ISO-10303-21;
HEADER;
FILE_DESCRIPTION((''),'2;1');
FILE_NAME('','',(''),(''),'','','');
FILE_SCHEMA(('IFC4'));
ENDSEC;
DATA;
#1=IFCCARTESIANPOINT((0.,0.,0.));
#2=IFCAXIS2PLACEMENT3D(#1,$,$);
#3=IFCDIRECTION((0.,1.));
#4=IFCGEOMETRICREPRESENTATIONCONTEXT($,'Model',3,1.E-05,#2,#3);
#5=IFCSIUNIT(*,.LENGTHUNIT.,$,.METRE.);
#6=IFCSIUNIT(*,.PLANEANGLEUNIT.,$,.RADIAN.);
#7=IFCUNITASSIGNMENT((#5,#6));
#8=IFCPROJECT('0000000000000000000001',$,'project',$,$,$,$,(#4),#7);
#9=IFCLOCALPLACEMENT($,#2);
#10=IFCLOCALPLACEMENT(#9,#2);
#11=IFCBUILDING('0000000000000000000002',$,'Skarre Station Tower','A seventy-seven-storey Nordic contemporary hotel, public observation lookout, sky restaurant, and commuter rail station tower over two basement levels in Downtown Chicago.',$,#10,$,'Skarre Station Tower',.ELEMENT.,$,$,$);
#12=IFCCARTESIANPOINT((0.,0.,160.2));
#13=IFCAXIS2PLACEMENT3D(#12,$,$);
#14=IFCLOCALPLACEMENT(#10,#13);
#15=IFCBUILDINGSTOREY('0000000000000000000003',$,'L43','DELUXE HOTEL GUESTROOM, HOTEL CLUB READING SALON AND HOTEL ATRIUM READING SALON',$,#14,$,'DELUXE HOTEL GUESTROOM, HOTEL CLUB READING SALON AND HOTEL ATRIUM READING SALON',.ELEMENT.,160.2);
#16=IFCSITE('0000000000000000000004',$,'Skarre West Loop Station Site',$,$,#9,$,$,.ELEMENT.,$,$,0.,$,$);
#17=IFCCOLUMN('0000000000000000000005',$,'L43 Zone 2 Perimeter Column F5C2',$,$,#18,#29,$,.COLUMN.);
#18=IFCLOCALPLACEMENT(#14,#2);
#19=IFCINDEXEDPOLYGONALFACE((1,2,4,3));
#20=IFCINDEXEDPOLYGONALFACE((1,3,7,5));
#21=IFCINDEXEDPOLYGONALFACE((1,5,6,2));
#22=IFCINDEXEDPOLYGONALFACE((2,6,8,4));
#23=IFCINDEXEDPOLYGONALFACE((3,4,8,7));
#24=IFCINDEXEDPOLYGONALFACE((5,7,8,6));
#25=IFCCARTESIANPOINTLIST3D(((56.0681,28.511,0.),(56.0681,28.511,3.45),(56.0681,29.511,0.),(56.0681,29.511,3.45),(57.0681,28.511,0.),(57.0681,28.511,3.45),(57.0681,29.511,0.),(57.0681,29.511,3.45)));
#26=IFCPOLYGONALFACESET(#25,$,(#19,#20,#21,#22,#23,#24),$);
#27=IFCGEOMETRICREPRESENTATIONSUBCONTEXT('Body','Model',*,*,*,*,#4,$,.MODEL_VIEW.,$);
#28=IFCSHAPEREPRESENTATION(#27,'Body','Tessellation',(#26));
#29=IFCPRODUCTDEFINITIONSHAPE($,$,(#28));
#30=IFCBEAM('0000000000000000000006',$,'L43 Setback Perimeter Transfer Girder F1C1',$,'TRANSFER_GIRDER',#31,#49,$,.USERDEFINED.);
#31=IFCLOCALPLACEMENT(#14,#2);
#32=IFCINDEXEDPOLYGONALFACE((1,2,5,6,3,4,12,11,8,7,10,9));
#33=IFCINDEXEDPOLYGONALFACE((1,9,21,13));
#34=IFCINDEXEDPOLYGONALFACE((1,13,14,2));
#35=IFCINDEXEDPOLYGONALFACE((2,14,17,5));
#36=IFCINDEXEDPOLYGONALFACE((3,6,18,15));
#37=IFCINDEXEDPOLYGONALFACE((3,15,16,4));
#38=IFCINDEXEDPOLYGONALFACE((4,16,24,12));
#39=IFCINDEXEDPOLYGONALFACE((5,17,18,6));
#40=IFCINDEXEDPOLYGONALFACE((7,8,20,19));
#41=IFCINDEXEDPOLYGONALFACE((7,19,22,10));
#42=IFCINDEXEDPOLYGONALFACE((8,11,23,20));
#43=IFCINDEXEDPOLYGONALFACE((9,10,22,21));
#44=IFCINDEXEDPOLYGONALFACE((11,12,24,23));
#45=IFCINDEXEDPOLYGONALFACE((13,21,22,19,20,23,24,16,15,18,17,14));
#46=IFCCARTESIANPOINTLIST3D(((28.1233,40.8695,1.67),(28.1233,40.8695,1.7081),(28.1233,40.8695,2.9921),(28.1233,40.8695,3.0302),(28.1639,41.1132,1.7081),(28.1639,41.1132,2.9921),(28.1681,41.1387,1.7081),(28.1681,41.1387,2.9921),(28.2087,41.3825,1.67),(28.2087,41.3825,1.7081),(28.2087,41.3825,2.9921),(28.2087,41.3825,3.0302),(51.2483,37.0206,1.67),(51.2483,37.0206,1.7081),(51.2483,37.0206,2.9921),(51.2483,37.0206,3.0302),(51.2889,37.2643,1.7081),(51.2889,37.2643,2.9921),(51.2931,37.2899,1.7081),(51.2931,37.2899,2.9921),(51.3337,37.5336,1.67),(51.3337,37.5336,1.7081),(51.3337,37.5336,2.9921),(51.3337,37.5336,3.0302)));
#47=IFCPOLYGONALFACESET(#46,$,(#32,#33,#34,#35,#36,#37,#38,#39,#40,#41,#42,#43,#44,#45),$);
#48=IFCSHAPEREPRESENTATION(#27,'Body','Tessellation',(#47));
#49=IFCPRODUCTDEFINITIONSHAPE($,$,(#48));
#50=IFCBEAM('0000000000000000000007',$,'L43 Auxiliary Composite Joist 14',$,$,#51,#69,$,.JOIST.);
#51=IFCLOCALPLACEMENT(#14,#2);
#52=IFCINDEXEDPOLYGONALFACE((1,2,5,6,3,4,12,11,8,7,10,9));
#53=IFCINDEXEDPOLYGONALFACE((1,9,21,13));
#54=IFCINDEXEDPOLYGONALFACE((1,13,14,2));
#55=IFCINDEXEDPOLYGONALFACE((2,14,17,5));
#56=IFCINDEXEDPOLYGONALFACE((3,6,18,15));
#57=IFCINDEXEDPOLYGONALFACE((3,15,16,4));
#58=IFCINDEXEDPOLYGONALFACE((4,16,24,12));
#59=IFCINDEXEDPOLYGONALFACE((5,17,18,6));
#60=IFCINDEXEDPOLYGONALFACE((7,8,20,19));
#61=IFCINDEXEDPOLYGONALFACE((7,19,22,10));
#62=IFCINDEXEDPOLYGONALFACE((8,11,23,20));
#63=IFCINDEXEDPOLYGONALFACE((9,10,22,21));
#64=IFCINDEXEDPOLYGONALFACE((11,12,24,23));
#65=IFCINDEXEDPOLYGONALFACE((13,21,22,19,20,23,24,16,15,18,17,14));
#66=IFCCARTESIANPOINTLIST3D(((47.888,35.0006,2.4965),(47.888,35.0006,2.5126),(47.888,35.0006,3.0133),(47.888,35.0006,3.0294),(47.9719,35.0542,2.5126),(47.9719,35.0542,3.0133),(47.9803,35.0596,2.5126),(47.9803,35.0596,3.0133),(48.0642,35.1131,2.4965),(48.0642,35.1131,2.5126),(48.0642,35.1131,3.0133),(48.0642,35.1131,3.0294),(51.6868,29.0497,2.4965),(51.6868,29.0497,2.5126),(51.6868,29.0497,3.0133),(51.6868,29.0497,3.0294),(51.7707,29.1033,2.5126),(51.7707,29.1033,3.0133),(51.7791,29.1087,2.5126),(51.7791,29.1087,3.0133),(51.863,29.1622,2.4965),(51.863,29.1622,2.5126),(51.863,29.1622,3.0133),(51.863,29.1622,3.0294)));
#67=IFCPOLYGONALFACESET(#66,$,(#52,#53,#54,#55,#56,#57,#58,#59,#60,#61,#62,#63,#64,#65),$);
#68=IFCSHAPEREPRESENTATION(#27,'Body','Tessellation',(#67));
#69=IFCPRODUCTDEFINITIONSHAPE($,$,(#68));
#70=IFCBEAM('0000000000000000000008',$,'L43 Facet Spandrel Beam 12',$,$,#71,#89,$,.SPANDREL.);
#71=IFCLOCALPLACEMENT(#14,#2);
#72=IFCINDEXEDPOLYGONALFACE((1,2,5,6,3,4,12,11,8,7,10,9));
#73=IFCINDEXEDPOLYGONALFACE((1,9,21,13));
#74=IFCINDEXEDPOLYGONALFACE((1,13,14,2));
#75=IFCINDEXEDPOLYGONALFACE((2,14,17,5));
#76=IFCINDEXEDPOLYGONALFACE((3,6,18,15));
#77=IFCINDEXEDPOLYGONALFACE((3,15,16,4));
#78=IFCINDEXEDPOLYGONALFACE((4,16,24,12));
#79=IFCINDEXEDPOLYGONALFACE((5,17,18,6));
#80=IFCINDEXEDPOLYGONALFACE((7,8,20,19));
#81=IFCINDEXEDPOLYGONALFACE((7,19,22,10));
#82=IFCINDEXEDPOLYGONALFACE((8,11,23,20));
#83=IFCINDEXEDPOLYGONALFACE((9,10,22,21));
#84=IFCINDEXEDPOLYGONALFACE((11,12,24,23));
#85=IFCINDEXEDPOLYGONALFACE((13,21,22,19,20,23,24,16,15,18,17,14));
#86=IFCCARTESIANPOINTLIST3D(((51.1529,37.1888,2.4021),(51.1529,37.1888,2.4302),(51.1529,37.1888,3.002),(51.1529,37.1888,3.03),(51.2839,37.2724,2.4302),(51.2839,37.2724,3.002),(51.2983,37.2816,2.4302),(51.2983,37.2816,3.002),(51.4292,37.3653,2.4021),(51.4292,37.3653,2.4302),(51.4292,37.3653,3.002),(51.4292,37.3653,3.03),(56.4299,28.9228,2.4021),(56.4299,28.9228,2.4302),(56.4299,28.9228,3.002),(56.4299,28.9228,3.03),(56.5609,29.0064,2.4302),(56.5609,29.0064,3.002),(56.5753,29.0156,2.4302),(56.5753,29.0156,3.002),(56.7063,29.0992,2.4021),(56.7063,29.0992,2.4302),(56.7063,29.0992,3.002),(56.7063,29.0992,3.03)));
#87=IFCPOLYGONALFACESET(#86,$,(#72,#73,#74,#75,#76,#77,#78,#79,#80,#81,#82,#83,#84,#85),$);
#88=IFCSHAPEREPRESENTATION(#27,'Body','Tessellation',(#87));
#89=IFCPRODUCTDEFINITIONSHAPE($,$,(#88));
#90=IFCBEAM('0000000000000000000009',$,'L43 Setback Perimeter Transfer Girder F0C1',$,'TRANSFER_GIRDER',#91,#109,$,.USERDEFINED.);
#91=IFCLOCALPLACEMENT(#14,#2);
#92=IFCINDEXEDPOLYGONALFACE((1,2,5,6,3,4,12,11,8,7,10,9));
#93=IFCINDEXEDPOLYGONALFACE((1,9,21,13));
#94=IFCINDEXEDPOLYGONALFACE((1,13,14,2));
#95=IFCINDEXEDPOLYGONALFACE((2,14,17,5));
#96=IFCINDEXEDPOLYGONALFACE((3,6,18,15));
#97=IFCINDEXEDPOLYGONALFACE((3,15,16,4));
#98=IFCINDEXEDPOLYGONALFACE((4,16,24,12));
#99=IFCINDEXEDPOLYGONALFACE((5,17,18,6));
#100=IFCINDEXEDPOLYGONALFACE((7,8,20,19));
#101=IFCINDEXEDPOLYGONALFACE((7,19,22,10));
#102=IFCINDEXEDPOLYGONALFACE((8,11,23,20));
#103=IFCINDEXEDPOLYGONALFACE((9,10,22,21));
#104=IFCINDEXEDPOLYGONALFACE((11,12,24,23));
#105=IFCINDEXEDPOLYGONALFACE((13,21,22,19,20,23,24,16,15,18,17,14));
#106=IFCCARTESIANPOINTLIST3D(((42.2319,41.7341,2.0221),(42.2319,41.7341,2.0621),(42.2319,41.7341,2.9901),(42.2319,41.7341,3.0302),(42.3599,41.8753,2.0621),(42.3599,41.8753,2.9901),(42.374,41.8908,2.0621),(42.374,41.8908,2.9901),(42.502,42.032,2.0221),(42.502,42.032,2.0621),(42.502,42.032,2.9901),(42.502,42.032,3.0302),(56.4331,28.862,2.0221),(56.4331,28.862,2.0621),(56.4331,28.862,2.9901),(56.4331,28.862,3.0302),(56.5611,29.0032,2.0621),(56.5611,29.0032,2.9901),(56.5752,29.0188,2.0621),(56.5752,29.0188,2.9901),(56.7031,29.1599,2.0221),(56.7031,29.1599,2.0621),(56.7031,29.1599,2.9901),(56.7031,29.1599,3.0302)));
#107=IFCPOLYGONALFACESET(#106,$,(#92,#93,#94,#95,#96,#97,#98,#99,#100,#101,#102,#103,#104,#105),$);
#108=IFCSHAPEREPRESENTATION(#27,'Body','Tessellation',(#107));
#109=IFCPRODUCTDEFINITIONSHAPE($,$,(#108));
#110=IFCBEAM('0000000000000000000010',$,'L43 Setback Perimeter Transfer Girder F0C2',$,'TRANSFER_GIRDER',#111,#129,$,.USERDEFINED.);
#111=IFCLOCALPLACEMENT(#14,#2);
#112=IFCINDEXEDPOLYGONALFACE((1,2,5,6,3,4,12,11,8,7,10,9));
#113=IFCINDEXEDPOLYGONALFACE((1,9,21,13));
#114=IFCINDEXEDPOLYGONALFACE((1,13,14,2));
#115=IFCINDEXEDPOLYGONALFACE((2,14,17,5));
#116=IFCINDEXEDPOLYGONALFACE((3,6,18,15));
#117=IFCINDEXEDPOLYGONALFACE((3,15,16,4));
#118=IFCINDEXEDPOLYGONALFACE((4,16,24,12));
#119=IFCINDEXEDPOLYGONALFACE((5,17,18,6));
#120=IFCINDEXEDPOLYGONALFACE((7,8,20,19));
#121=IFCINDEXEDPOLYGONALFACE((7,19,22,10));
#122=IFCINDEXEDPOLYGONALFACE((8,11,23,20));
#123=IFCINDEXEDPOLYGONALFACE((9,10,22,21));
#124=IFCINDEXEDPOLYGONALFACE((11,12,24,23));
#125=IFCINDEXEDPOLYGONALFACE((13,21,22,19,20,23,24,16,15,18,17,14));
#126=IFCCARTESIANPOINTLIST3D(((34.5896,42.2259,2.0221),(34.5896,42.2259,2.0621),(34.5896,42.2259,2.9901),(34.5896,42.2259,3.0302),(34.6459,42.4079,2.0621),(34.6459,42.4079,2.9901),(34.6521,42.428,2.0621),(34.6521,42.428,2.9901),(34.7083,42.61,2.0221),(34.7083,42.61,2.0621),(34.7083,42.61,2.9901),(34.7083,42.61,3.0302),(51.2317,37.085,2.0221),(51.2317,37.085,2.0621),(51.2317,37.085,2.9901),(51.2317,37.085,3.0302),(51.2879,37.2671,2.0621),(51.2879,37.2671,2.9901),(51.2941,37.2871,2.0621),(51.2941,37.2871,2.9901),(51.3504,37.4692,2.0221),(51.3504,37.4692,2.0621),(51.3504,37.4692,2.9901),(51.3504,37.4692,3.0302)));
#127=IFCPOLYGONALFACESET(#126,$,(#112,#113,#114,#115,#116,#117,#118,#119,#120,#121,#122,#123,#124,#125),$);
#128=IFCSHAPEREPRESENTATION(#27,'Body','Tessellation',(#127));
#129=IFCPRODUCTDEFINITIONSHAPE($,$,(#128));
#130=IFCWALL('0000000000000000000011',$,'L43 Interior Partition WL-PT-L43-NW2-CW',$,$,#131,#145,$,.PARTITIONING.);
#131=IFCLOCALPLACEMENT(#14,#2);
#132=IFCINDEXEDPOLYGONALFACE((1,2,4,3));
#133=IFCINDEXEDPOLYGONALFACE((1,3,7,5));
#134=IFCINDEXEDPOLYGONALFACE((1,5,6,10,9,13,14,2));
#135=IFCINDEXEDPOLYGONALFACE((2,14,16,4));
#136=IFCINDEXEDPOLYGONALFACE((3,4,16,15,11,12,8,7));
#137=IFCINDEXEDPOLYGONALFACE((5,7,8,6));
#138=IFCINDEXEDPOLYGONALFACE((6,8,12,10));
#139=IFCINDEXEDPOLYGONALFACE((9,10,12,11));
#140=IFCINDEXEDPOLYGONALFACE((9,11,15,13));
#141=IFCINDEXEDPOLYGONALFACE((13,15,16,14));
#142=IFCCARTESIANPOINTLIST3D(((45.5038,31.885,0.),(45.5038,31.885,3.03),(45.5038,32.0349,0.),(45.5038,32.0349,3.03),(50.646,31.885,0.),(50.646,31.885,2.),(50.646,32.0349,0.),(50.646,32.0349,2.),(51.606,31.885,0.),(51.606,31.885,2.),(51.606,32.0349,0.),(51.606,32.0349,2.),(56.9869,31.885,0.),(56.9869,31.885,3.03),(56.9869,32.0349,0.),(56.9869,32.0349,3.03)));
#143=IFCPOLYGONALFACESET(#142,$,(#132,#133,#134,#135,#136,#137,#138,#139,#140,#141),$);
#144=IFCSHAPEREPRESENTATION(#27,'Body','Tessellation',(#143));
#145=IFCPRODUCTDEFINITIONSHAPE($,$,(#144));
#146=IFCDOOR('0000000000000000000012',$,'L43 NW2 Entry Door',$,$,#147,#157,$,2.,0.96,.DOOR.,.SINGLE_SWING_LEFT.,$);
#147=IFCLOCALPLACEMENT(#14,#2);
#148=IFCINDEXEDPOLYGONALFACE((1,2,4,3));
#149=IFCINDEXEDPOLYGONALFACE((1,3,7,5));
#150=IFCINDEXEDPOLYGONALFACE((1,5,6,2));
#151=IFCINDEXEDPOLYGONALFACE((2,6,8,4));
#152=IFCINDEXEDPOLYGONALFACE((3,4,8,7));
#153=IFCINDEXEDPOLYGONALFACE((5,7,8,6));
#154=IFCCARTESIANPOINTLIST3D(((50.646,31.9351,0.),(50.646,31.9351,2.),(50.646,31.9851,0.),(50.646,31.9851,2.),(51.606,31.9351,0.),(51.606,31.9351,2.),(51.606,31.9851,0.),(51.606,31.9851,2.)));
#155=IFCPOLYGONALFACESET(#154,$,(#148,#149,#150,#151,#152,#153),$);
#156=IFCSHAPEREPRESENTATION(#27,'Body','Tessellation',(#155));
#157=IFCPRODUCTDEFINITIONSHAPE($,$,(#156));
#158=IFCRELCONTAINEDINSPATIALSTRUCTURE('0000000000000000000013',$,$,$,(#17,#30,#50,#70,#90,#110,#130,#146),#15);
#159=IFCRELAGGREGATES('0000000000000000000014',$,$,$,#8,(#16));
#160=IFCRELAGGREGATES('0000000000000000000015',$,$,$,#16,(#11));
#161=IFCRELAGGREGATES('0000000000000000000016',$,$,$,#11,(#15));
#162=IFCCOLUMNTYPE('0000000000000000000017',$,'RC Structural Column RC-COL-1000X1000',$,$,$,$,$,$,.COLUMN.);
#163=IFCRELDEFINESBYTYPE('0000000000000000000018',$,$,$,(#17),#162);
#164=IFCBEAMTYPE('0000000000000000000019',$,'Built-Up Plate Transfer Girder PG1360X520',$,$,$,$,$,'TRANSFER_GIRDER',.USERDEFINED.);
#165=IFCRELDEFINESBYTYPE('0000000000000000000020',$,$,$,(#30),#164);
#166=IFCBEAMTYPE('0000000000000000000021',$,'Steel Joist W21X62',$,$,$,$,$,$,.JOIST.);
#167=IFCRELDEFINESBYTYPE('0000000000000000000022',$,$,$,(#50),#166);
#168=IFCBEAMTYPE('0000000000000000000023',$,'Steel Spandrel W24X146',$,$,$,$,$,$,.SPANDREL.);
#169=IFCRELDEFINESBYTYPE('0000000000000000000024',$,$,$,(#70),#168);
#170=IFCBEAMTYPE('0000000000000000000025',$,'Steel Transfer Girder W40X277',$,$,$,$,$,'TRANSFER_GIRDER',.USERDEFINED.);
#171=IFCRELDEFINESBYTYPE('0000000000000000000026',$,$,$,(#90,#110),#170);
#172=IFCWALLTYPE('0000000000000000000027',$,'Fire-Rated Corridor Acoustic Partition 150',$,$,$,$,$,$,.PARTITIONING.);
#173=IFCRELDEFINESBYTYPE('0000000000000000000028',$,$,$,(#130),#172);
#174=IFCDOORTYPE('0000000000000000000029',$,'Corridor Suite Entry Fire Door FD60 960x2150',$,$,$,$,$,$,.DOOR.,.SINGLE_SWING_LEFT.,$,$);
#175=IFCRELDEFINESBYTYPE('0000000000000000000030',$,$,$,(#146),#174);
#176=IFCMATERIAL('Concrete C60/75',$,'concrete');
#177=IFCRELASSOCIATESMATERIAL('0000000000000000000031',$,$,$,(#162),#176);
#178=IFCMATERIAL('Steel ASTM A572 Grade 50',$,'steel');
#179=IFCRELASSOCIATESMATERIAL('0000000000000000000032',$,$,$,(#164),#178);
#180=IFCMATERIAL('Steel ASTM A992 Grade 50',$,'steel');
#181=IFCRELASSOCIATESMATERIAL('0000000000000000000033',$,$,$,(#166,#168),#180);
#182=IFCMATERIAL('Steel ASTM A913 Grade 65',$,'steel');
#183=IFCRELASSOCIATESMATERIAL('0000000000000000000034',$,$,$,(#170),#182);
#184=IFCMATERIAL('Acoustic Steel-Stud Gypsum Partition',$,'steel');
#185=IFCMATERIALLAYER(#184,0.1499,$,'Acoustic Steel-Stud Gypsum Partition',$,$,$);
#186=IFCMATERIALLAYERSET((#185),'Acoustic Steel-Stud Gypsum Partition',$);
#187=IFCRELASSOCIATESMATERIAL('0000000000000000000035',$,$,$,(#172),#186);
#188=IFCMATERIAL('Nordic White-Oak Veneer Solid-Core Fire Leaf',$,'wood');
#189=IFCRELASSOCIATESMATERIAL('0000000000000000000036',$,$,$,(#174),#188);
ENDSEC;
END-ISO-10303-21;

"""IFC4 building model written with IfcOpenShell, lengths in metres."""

from ifc_helpers import new_model, si_unit, direction, frame, frame_2d, origin, origin_2d, place, context, subcontext, project, spatial, rectangle, i_section, extrude, material, layer, layer_set, material_profile, profile_set, type_object, element, fill, save


model = new_model("IFC4")

# Units and contexts
model_context = context("Model", 3, precision=1e-05, world=origin(), true_north=direction((0.0, 1.0)))
body_context = subcontext(model_context, "Body", "Model", "MODEL_VIEW")
ifc_project = project(units=[si_unit("LENGTHUNIT", "METRE"), si_unit("PLANEANGLEUNIT", "RADIAN")], contexts=[model_context])

# Site, building, storey
site_placement = place(None, origin())
site = spatial("IfcSite", under=ifc_project, at=site_placement, Name="Skarre West Loop Station Site", CompositionType="ELEMENT", RefElevation=0.0)
building_placement = place(site_placement, origin())
building = spatial("IfcBuilding", under=site, at=building_placement, Name="Skarre Station Tower", Description="A seventy-seven-storey Nordic contemporary hotel, public observation lookout, sky restaurant, and commuter rail station tower over two basement levels in Downtown Chicago.", LongName="Skarre Station Tower", CompositionType="ELEMENT")
storey_placement = place(building_placement, frame((0.0, 0.0, 160.2)))
storey = spatial("IfcBuildingStorey", under=building, at=storey_placement, Name="L43", Description="DELUXE HOTEL GUESTROOM, HOTEL CLUB READING SALON AND HOTEL ATRIUM READING SALON", LongName="DELUXE HOTEL GUESTROOM, HOTEL CLUB READING SALON AND HOTEL ATRIUM READING SALON", CompositionType="ELEMENT", Elevation=160.2)

# Column
ifc_material_1 = material(Name="Concrete C60/75", Category="concrete")
ifc_material_profile_1 = material_profile(ifc_material_1, rectangle(XDim=1.0, YDim=1.0, at=origin_2d()), Name="Concrete C60/75")
ifc_profile_set_1 = profile_set([ifc_material_profile_1], Name="Concrete C60/75")
column_type = type_object("IfcColumnType", Name="RC Structural Column RC-COL-1000X1000", PredefinedType="COLUMN", material=ifc_profile_set_1)
column_placement = place(storey_placement, frame((56.5681, 29.011, 0.0), z_axis=(0.0, 0.0, 1.0), x_axis=(1.0, 0.0, 0.0)))
element("IfcColumn", 1, at=column_placement, inside=storey, type_object=column_type, Name="L43 Zone 2 Perimeter Column F5C2", PredefinedType="COLUMN", context=body_context, shape_type="SweptSolid", body=[
    extrude(rectangle(XDim=1.0, YDim=1.0, at=origin_2d()), origin(), (0.0, 0.0, 1.0), 3.45),
])

# Beams
ifc_material_2 = material(Name="Steel ASTM A572 Grade 50", Category="steel")
ifc_material_profile_2 = material_profile(ifc_material_2, i_section(OverallWidth=0.52, OverallDepth=1.3601, WebThickness=0.0259, FlangeThickness=0.0381, at=origin_2d()), Name="Steel ASTM A572 Grade 50")
ifc_profile_set_2 = profile_set([ifc_material_profile_2], Name="Steel ASTM A572 Grade 50")
beam_type_1 = type_object("IfcBeamType", Name="Built-Up Plate Transfer Girder PG1360X520", ElementType="TRANSFER_GIRDER", PredefinedType="USERDEFINED", material=ifc_profile_set_2)
beam_1_placement = place(storey_placement, frame((51.291, 37.2771, 2.3501), z_axis=(-0.98643, 0.164179, 0.0), x_axis=(-0.164179, -0.98643, 0.0)))
element("IfcBeam", 2, at=beam_1_placement, inside=storey, type_object=beam_type_1, Name="L43 Setback Perimeter Transfer Girder F1C1", ObjectType="TRANSFER_GIRDER", PredefinedType="USERDEFINED", context=body_context, shape_type="SweptSolid", body=[
    extrude(i_section(OverallWidth=0.52, OverallDepth=1.3601, WebThickness=0.0259, FlangeThickness=0.0381, at=origin_2d()), origin(), (0.0, 0.0, 1.0), 23.4431),
])
ifc_material_3 = material(Name="Steel ASTM A992 Grade 50", Category="steel")
ifc_material_profile_3 = material_profile(ifc_material_3, i_section(OverallWidth=0.209, OverallDepth=0.533, WebThickness=0.01, FlangeThickness=0.0161, at=origin_2d()), Name="Steel ASTM A992 Grade 50")
ifc_profile_set_3 = profile_set([ifc_material_profile_3], Name="Steel ASTM A992 Grade 50")
beam_type_2 = type_object("IfcBeamType", Name="Steel Joist W21X62", PredefinedType="JOIST", material=ifc_profile_set_3)
beam_2_placement = place(storey_placement, frame((51.7749, 29.106, 2.7629), z_axis=(-0.538072, 0.842899, 0.0), x_axis=(-0.842899, -0.538072, 0.0)))
element("IfcBeam", 3, at=beam_2_placement, inside=storey, type_object=beam_type_2, Name="L43 Auxiliary Composite Joist 14", PredefinedType="JOIST", context=body_context, shape_type="SweptSolid", body=[
    extrude(i_section(OverallWidth=0.209, OverallDepth=0.533, WebThickness=0.01, FlangeThickness=0.0161, at=origin_2d()), origin(), (0.0, 0.0, 1.0), 7.0601),
])
ifc_material_profile_4 = material_profile(ifc_material_3, i_section(OverallWidth=0.3279, OverallDepth=0.6279, WebThickness=0.0171, FlangeThickness=0.0281, at=origin_2d()), Name="Steel ASTM A992 Grade 50")
ifc_profile_set_4 = profile_set([ifc_material_profile_4], Name="Steel ASTM A992 Grade 50")
beam_type_3 = type_object("IfcBeamType", Name="Steel Spandrel W24X146", PredefinedType="SPANDREL", material=ifc_profile_set_4)
beam_3_placement = place(storey_placement, frame((56.5681, 29.011, 2.7161), z_axis=(-0.538098, 0.842883, 0.0), x_axis=(-0.842883, -0.538098, 0.0)))
element("IfcBeam", 4, at=beam_3_placement, inside=storey, type_object=beam_type_3, Name="L43 Facet Spandrel Beam 12", PredefinedType="SPANDREL", context=body_context, shape_type="SweptSolid", body=[
    extrude(i_section(OverallWidth=0.3279, OverallDepth=0.6279, WebThickness=0.0171, FlangeThickness=0.0281, at=origin_2d()), origin(), (0.0, 0.0, 1.0), 9.8069),
])
ifc_material_4 = material(Name="Steel ASTM A913 Grade 65", Category="steel")
ifc_material_profile_5 = material_profile(ifc_material_4, i_section(OverallWidth=0.4021, OverallDepth=1.0081, WebThickness=0.021, FlangeThickness=0.04, at=origin_2d()), Name="Steel ASTM A913 Grade 65")
ifc_profile_set_5 = profile_set([ifc_material_profile_5], Name="Steel ASTM A913 Grade 65")
beam_type_4 = type_object("IfcBeamType", Name="Steel Transfer Girder W40X277", ElementType="TRANSFER_GIRDER", PredefinedType="USERDEFINED", material=ifc_profile_set_5)
beam_4_placement = place(storey_placement, frame((56.5681, 29.011, 2.5261), z_axis=(-0.740928, 0.671584, 0.0), x_axis=(-0.671584, -0.740928, 0.0)))
element("IfcBeam", 5, at=beam_4_placement, inside=storey, type_object=beam_type_4, Name="L43 Setback Perimeter Transfer Girder F0C1", ObjectType="TRANSFER_GIRDER", PredefinedType="USERDEFINED", context=body_context, shape_type="SweptSolid", body=[
    extrude(i_section(OverallWidth=0.4021, OverallDepth=1.0081, WebThickness=0.021, FlangeThickness=0.04, at=origin_2d()), origin(), (0.0, 0.0, 1.0), 19.1667),
])
beam_5_placement = place(storey_placement, frame((51.291, 37.2771, 2.5261), z_axis=(-0.955452, 0.295146, 0.0), x_axis=(-0.295146, -0.955452, 0.0)))
element("IfcBeam", 6, at=beam_5_placement, inside=storey, type_object=beam_type_4, Name="L43 Setback Perimeter Transfer Girder F0C2", ObjectType="TRANSFER_GIRDER", PredefinedType="USERDEFINED", context=body_context, shape_type="SweptSolid", body=[
    extrude(i_section(OverallWidth=0.4021, OverallDepth=1.0081, WebThickness=0.021, FlangeThickness=0.04, at=origin_2d()), origin(), (0.0, 0.0, 1.0), 17.418),
])

# Wall, opening, door
ifc_material_5 = material(Name="Acoustic Steel-Stud Gypsum Partition", Category="steel")
ifc_layer_1 = layer(ifc_material_5, 0.1499, Name="Acoustic Steel-Stud Gypsum Partition")
ifc_layer_set_1 = layer_set([ifc_layer_1], Name="Acoustic Steel-Stud Gypsum Partition")
wall_type_1 = type_object("IfcWallType", Name="Fire-Rated Corridor Acoustic Partition 150", PredefinedType="PARTITIONING", material=ifc_layer_set_1)
wall_1_placement = place(storey_placement, frame((56.9871, 31.96, 0.0), z_axis=(0.0, 0.0, 1.0), x_axis=(-1.0, 0.0, 0.0)))
wall_1 = element("IfcWall", 7, at=wall_1_placement, inside=storey, type_object=wall_type_1, Name="L43 Interior Partition WL-PT-L43-NW2-CW", PredefinedType="PARTITIONING", context=body_context, shape_type="SweptSolid", body=[
    extrude(rectangle(XDim=11.4832, YDim=0.1499, at=frame_2d((5.7417, 0.0))), origin(), (0.0, 0.0, 1.0), 3.03),
])
opening_1_placement = place(wall_1_placement, frame((5.3811, 0.0, 0.0)))
opening_1 = element("IfcOpeningElement", 8, at=opening_1_placement, cuts=wall_1, PredefinedType="OPENING", context=body_context, shape_type="SweptSolid", body=[
    extrude(rectangle(XDim=0.96, YDim=2.0, at=frame_2d((0.48, 1.0))), frame((0.0, 0.085, 0.0), z_axis=(0.0, -1.0, 0.0), x_axis=(1.0, 0.0, 0.0)), (0.0, 0.0, 1.0), 0.1699),
])
ifc_material_6 = material(Name="Nordic White-Oak Veneer Solid-Core Fire Leaf", Category="wood")
door_type_1 = type_object("IfcDoorType", Name="Corridor Suite Entry Fire Door FD60 960x2150", OperationType="SINGLE_SWING_LEFT", PredefinedType="DOOR", material=ifc_material_6)
door_1_placement = place(opening_1_placement, origin())
door_1 = element("IfcDoor", 9, at=door_1_placement, inside=storey, type_object=door_type_1, Name="L43 NW2 Entry Door", OperationType="SINGLE_SWING_LEFT", OverallHeight=2.0, OverallWidth=0.96, PredefinedType="DOOR", context=body_context, shape_type="SweptSolid", body=[
    extrude(rectangle(XDim=0.96, YDim=2.0, at=frame_2d((0.48, 1.0))), frame((0.0, 0.0249, 0.0), z_axis=(0.0, -1.0, 0.0), x_axis=(1.0, 0.0, 0.0)), (0.0, 0.0, 1.0), 0.05),
])
fill(opening_1, door_1)

save(model, "model.ifc")
